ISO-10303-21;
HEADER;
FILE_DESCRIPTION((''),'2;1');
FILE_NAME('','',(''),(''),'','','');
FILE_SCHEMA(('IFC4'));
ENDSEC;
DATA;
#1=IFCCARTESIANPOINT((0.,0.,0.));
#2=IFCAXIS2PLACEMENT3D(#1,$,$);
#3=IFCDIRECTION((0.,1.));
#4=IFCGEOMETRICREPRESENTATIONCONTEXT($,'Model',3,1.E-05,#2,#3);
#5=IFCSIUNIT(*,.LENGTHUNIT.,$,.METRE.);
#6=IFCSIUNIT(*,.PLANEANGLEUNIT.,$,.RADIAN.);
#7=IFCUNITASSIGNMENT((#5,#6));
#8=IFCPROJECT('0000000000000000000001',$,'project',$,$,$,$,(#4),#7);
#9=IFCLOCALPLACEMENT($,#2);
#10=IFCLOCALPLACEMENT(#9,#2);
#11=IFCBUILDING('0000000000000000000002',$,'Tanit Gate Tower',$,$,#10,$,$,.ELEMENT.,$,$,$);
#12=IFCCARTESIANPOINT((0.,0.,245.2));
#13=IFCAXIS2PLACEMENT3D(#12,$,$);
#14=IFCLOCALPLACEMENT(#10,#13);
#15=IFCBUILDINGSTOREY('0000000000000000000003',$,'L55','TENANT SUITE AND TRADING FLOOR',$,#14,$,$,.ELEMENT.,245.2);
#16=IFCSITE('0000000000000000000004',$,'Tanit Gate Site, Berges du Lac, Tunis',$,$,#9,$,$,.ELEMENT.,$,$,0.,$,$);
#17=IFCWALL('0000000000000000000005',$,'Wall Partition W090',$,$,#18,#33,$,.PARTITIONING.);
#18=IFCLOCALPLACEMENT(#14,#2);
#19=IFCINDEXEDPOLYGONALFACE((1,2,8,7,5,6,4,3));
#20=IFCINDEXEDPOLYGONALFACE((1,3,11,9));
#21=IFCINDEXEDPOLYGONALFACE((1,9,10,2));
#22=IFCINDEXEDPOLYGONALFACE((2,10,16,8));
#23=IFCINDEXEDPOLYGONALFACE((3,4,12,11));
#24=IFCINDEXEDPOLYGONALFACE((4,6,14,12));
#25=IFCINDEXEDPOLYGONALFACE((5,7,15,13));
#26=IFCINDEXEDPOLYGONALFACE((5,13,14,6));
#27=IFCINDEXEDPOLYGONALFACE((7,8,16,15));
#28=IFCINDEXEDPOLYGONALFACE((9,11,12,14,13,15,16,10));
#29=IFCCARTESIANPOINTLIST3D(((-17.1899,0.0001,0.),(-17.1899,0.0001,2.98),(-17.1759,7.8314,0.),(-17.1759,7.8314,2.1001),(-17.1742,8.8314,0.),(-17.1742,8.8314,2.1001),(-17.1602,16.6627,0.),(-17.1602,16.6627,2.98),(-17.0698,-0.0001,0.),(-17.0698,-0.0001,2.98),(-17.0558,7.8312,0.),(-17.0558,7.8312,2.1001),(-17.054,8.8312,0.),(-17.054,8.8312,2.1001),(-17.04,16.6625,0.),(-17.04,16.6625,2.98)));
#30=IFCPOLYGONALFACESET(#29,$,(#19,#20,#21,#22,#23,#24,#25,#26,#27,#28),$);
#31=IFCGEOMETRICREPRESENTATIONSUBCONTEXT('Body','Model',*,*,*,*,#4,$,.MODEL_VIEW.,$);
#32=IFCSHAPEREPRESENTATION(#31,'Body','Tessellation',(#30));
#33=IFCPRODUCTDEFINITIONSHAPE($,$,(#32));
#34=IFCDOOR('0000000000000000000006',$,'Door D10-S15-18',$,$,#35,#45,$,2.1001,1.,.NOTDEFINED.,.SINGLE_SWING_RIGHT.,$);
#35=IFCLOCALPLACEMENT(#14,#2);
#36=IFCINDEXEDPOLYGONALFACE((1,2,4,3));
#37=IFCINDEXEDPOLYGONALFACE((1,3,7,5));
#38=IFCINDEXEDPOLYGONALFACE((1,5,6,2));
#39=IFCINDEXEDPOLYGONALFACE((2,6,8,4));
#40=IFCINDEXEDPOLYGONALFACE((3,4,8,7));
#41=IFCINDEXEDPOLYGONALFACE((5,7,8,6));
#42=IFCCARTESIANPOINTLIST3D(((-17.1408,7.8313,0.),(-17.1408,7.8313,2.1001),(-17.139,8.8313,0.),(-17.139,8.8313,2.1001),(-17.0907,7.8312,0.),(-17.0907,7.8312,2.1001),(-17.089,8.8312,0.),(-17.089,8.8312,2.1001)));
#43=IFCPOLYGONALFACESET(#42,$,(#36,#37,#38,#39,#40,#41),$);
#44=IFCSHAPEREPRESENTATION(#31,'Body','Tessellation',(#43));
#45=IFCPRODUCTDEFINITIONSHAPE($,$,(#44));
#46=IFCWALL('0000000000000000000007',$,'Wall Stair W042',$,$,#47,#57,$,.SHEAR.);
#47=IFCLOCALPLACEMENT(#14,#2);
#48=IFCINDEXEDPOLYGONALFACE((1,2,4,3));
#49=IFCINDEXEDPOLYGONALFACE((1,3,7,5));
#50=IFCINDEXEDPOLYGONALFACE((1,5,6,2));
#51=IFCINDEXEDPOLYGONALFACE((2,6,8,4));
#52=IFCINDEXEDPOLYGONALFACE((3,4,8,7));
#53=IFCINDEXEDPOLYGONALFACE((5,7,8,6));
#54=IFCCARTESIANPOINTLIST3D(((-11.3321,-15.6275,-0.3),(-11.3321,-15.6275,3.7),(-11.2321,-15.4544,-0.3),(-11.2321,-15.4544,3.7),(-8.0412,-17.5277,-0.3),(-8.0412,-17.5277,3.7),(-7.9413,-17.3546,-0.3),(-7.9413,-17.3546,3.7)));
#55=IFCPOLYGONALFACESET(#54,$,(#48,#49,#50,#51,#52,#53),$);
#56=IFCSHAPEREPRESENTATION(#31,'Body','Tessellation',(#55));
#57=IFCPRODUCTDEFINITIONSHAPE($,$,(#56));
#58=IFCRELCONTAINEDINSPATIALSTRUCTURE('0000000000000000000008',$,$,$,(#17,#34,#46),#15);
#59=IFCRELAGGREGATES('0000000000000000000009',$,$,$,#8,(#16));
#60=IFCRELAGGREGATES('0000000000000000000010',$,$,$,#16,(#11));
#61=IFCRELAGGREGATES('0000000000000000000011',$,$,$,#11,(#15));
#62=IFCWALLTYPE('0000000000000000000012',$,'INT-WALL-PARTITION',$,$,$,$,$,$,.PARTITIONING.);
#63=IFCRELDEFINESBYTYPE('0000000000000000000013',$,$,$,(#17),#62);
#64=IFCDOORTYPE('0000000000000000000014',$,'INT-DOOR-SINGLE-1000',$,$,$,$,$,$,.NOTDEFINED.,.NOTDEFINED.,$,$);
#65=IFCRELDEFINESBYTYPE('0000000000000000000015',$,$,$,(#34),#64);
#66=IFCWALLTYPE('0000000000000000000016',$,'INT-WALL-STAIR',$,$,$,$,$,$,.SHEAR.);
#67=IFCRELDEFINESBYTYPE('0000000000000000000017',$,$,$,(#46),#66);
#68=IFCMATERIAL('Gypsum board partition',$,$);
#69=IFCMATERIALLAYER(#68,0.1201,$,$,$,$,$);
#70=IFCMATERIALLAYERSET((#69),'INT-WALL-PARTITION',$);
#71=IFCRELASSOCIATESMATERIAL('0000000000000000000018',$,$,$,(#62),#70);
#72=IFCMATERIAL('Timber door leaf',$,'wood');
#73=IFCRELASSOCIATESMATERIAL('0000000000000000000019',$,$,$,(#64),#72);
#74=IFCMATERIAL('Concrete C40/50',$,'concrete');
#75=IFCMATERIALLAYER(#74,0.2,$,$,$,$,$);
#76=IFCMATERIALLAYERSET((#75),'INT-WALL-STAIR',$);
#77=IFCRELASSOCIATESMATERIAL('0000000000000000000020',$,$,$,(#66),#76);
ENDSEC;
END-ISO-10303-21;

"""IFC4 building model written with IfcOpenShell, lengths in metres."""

from ifc_helpers import new_model, si_unit, direction, frame, frame_2d, origin, place, context, subcontext, project, spatial, rectangle, extrude, material, layer, layer_set, type_object, element, fill, save


model = new_model("IFC4")

# Units and contexts
model_context = context("Model", 3, precision=1e-05, world=origin(), true_north=direction((0.0, 1.0)))
body_context = subcontext(model_context, "Body", "Model", "MODEL_VIEW")
ifc_project = project(units=[si_unit("LENGTHUNIT", "METRE"), si_unit("PLANEANGLEUNIT", "RADIAN")], contexts=[model_context])

# Site, building, storey
site_placement = place(None, origin())
site = spatial("IfcSite", under=ifc_project, at=site_placement, Name="Tanit Gate Site, Berges du Lac, Tunis", CompositionType="ELEMENT", RefElevation=0.0)
building_placement = place(site_placement, origin())
building = spatial("IfcBuilding", under=site, at=building_placement, Name="Tanit Gate Tower", CompositionType="ELEMENT")
storey_placement = place(building_placement, frame((0.0, 0.0, 245.2)))
storey = spatial("IfcBuildingStorey", under=building, at=storey_placement, Name="L55", Description="TENANT SUITE AND TRADING FLOOR", CompositionType="ELEMENT", Elevation=245.2)

# Wall, opening, door
ifc_material_1 = material(Name="Gypsum board partition")
ifc_layer_1 = layer(ifc_material_1, 0.1201)
ifc_layer_set_1 = layer_set([ifc_layer_1], Name="INT-WALL-PARTITION")
wall_type_1 = type_object("IfcWallType", Name="INT-WALL-PARTITION", PredefinedType="PARTITIONING", material=ifc_layer_set_1)
wall_1_placement = place(storey_placement, frame((-17.1299, 0.0, 0.0), z_axis=(0.0, 0.0, 1.0), x_axis=(0.001788, 0.999998, 0.0)))
wall_1 = element("IfcWall", 1, at=wall_1_placement, inside=storey, type_object=wall_type_1, Name="Wall Partition W090", PredefinedType="PARTITIONING", context=body_context, shape_type="SweptSolid", body=[
    extrude(rectangle(XDim=16.6626, YDim=0.1201, at=frame_2d((8.3313, 0.0))), origin(), (0.0, 0.0, 1.0), 2.98),
])
opening_1_placement = place(wall_1_placement, frame((7.8313, 0.0, 0.0)))
opening_1 = element("IfcOpeningElement", 2, at=opening_1_placement, cuts=wall_1, PredefinedType="OPENING", context=body_context, shape_type="SweptSolid", body=[
    extrude(rectangle(XDim=1.0, YDim=2.1001, at=frame_2d((0.5, 1.05))), frame((0.0, 0.0701, 0.0), z_axis=(0.0, -1.0, 0.0), x_axis=(1.0, 0.0, 0.0)), (0.0, 0.0, 1.0), 0.1401),
])
ifc_material_2 = material(Name="Timber door leaf", Category="wood")
door_type_1 = type_object("IfcDoorType", Name="INT-DOOR-SINGLE-1000", OperationType="NOTDEFINED", PredefinedType="NOTDEFINED", material=ifc_material_2)
door_1_placement = place(opening_1_placement, origin())
door_1 = element("IfcDoor", 3, at=door_1_placement, inside=storey, type_object=door_type_1, Name="Door D10-S15-18", OperationType="SINGLE_SWING_RIGHT", OverallHeight=2.1001, OverallWidth=1.0, PredefinedType="NOTDEFINED", context=body_context, shape_type="SweptSolid", body=[
    extrude(rectangle(XDim=1.0, YDim=2.1001, at=frame_2d((0.5, 1.05))), frame((0.0, 0.0249, 0.0), z_axis=(0.0, -1.0, 0.0), x_axis=(1.0, 0.0, 0.0)), (0.0, 0.0, 1.0), 0.05),
])
fill(opening_1, door_1)

# Wall
ifc_material_3 = material(Name="Concrete C40/50", Category="concrete")
ifc_layer_2 = layer(ifc_material_3, 0.2)
ifc_layer_set_2 = layer_set([ifc_layer_2], Name="INT-WALL-STAIR")
wall_type_2 = type_object("IfcWallType", Name="INT-WALL-STAIR", PredefinedType="SHEAR", material=ifc_layer_set_2)
wall_2_placement = place(storey_placement, frame((-11.282, -15.541, -0.3), z_axis=(0.0, 0.0, 1.0), x_axis=(0.866, -0.500043, 0.0)))
element("IfcWall", 4, at=wall_2_placement, inside=storey, type_object=wall_type_2, Name="Wall Stair W042", PredefinedType="SHEAR", context=body_context, shape_type="SweptSolid", body=[
    extrude(rectangle(XDim=3.8, YDim=0.2, at=frame_2d((1.8999, 0.0))), origin(), (0.0, 0.0, 1.0), 4.0),
])

save(model, "model.ifc")
